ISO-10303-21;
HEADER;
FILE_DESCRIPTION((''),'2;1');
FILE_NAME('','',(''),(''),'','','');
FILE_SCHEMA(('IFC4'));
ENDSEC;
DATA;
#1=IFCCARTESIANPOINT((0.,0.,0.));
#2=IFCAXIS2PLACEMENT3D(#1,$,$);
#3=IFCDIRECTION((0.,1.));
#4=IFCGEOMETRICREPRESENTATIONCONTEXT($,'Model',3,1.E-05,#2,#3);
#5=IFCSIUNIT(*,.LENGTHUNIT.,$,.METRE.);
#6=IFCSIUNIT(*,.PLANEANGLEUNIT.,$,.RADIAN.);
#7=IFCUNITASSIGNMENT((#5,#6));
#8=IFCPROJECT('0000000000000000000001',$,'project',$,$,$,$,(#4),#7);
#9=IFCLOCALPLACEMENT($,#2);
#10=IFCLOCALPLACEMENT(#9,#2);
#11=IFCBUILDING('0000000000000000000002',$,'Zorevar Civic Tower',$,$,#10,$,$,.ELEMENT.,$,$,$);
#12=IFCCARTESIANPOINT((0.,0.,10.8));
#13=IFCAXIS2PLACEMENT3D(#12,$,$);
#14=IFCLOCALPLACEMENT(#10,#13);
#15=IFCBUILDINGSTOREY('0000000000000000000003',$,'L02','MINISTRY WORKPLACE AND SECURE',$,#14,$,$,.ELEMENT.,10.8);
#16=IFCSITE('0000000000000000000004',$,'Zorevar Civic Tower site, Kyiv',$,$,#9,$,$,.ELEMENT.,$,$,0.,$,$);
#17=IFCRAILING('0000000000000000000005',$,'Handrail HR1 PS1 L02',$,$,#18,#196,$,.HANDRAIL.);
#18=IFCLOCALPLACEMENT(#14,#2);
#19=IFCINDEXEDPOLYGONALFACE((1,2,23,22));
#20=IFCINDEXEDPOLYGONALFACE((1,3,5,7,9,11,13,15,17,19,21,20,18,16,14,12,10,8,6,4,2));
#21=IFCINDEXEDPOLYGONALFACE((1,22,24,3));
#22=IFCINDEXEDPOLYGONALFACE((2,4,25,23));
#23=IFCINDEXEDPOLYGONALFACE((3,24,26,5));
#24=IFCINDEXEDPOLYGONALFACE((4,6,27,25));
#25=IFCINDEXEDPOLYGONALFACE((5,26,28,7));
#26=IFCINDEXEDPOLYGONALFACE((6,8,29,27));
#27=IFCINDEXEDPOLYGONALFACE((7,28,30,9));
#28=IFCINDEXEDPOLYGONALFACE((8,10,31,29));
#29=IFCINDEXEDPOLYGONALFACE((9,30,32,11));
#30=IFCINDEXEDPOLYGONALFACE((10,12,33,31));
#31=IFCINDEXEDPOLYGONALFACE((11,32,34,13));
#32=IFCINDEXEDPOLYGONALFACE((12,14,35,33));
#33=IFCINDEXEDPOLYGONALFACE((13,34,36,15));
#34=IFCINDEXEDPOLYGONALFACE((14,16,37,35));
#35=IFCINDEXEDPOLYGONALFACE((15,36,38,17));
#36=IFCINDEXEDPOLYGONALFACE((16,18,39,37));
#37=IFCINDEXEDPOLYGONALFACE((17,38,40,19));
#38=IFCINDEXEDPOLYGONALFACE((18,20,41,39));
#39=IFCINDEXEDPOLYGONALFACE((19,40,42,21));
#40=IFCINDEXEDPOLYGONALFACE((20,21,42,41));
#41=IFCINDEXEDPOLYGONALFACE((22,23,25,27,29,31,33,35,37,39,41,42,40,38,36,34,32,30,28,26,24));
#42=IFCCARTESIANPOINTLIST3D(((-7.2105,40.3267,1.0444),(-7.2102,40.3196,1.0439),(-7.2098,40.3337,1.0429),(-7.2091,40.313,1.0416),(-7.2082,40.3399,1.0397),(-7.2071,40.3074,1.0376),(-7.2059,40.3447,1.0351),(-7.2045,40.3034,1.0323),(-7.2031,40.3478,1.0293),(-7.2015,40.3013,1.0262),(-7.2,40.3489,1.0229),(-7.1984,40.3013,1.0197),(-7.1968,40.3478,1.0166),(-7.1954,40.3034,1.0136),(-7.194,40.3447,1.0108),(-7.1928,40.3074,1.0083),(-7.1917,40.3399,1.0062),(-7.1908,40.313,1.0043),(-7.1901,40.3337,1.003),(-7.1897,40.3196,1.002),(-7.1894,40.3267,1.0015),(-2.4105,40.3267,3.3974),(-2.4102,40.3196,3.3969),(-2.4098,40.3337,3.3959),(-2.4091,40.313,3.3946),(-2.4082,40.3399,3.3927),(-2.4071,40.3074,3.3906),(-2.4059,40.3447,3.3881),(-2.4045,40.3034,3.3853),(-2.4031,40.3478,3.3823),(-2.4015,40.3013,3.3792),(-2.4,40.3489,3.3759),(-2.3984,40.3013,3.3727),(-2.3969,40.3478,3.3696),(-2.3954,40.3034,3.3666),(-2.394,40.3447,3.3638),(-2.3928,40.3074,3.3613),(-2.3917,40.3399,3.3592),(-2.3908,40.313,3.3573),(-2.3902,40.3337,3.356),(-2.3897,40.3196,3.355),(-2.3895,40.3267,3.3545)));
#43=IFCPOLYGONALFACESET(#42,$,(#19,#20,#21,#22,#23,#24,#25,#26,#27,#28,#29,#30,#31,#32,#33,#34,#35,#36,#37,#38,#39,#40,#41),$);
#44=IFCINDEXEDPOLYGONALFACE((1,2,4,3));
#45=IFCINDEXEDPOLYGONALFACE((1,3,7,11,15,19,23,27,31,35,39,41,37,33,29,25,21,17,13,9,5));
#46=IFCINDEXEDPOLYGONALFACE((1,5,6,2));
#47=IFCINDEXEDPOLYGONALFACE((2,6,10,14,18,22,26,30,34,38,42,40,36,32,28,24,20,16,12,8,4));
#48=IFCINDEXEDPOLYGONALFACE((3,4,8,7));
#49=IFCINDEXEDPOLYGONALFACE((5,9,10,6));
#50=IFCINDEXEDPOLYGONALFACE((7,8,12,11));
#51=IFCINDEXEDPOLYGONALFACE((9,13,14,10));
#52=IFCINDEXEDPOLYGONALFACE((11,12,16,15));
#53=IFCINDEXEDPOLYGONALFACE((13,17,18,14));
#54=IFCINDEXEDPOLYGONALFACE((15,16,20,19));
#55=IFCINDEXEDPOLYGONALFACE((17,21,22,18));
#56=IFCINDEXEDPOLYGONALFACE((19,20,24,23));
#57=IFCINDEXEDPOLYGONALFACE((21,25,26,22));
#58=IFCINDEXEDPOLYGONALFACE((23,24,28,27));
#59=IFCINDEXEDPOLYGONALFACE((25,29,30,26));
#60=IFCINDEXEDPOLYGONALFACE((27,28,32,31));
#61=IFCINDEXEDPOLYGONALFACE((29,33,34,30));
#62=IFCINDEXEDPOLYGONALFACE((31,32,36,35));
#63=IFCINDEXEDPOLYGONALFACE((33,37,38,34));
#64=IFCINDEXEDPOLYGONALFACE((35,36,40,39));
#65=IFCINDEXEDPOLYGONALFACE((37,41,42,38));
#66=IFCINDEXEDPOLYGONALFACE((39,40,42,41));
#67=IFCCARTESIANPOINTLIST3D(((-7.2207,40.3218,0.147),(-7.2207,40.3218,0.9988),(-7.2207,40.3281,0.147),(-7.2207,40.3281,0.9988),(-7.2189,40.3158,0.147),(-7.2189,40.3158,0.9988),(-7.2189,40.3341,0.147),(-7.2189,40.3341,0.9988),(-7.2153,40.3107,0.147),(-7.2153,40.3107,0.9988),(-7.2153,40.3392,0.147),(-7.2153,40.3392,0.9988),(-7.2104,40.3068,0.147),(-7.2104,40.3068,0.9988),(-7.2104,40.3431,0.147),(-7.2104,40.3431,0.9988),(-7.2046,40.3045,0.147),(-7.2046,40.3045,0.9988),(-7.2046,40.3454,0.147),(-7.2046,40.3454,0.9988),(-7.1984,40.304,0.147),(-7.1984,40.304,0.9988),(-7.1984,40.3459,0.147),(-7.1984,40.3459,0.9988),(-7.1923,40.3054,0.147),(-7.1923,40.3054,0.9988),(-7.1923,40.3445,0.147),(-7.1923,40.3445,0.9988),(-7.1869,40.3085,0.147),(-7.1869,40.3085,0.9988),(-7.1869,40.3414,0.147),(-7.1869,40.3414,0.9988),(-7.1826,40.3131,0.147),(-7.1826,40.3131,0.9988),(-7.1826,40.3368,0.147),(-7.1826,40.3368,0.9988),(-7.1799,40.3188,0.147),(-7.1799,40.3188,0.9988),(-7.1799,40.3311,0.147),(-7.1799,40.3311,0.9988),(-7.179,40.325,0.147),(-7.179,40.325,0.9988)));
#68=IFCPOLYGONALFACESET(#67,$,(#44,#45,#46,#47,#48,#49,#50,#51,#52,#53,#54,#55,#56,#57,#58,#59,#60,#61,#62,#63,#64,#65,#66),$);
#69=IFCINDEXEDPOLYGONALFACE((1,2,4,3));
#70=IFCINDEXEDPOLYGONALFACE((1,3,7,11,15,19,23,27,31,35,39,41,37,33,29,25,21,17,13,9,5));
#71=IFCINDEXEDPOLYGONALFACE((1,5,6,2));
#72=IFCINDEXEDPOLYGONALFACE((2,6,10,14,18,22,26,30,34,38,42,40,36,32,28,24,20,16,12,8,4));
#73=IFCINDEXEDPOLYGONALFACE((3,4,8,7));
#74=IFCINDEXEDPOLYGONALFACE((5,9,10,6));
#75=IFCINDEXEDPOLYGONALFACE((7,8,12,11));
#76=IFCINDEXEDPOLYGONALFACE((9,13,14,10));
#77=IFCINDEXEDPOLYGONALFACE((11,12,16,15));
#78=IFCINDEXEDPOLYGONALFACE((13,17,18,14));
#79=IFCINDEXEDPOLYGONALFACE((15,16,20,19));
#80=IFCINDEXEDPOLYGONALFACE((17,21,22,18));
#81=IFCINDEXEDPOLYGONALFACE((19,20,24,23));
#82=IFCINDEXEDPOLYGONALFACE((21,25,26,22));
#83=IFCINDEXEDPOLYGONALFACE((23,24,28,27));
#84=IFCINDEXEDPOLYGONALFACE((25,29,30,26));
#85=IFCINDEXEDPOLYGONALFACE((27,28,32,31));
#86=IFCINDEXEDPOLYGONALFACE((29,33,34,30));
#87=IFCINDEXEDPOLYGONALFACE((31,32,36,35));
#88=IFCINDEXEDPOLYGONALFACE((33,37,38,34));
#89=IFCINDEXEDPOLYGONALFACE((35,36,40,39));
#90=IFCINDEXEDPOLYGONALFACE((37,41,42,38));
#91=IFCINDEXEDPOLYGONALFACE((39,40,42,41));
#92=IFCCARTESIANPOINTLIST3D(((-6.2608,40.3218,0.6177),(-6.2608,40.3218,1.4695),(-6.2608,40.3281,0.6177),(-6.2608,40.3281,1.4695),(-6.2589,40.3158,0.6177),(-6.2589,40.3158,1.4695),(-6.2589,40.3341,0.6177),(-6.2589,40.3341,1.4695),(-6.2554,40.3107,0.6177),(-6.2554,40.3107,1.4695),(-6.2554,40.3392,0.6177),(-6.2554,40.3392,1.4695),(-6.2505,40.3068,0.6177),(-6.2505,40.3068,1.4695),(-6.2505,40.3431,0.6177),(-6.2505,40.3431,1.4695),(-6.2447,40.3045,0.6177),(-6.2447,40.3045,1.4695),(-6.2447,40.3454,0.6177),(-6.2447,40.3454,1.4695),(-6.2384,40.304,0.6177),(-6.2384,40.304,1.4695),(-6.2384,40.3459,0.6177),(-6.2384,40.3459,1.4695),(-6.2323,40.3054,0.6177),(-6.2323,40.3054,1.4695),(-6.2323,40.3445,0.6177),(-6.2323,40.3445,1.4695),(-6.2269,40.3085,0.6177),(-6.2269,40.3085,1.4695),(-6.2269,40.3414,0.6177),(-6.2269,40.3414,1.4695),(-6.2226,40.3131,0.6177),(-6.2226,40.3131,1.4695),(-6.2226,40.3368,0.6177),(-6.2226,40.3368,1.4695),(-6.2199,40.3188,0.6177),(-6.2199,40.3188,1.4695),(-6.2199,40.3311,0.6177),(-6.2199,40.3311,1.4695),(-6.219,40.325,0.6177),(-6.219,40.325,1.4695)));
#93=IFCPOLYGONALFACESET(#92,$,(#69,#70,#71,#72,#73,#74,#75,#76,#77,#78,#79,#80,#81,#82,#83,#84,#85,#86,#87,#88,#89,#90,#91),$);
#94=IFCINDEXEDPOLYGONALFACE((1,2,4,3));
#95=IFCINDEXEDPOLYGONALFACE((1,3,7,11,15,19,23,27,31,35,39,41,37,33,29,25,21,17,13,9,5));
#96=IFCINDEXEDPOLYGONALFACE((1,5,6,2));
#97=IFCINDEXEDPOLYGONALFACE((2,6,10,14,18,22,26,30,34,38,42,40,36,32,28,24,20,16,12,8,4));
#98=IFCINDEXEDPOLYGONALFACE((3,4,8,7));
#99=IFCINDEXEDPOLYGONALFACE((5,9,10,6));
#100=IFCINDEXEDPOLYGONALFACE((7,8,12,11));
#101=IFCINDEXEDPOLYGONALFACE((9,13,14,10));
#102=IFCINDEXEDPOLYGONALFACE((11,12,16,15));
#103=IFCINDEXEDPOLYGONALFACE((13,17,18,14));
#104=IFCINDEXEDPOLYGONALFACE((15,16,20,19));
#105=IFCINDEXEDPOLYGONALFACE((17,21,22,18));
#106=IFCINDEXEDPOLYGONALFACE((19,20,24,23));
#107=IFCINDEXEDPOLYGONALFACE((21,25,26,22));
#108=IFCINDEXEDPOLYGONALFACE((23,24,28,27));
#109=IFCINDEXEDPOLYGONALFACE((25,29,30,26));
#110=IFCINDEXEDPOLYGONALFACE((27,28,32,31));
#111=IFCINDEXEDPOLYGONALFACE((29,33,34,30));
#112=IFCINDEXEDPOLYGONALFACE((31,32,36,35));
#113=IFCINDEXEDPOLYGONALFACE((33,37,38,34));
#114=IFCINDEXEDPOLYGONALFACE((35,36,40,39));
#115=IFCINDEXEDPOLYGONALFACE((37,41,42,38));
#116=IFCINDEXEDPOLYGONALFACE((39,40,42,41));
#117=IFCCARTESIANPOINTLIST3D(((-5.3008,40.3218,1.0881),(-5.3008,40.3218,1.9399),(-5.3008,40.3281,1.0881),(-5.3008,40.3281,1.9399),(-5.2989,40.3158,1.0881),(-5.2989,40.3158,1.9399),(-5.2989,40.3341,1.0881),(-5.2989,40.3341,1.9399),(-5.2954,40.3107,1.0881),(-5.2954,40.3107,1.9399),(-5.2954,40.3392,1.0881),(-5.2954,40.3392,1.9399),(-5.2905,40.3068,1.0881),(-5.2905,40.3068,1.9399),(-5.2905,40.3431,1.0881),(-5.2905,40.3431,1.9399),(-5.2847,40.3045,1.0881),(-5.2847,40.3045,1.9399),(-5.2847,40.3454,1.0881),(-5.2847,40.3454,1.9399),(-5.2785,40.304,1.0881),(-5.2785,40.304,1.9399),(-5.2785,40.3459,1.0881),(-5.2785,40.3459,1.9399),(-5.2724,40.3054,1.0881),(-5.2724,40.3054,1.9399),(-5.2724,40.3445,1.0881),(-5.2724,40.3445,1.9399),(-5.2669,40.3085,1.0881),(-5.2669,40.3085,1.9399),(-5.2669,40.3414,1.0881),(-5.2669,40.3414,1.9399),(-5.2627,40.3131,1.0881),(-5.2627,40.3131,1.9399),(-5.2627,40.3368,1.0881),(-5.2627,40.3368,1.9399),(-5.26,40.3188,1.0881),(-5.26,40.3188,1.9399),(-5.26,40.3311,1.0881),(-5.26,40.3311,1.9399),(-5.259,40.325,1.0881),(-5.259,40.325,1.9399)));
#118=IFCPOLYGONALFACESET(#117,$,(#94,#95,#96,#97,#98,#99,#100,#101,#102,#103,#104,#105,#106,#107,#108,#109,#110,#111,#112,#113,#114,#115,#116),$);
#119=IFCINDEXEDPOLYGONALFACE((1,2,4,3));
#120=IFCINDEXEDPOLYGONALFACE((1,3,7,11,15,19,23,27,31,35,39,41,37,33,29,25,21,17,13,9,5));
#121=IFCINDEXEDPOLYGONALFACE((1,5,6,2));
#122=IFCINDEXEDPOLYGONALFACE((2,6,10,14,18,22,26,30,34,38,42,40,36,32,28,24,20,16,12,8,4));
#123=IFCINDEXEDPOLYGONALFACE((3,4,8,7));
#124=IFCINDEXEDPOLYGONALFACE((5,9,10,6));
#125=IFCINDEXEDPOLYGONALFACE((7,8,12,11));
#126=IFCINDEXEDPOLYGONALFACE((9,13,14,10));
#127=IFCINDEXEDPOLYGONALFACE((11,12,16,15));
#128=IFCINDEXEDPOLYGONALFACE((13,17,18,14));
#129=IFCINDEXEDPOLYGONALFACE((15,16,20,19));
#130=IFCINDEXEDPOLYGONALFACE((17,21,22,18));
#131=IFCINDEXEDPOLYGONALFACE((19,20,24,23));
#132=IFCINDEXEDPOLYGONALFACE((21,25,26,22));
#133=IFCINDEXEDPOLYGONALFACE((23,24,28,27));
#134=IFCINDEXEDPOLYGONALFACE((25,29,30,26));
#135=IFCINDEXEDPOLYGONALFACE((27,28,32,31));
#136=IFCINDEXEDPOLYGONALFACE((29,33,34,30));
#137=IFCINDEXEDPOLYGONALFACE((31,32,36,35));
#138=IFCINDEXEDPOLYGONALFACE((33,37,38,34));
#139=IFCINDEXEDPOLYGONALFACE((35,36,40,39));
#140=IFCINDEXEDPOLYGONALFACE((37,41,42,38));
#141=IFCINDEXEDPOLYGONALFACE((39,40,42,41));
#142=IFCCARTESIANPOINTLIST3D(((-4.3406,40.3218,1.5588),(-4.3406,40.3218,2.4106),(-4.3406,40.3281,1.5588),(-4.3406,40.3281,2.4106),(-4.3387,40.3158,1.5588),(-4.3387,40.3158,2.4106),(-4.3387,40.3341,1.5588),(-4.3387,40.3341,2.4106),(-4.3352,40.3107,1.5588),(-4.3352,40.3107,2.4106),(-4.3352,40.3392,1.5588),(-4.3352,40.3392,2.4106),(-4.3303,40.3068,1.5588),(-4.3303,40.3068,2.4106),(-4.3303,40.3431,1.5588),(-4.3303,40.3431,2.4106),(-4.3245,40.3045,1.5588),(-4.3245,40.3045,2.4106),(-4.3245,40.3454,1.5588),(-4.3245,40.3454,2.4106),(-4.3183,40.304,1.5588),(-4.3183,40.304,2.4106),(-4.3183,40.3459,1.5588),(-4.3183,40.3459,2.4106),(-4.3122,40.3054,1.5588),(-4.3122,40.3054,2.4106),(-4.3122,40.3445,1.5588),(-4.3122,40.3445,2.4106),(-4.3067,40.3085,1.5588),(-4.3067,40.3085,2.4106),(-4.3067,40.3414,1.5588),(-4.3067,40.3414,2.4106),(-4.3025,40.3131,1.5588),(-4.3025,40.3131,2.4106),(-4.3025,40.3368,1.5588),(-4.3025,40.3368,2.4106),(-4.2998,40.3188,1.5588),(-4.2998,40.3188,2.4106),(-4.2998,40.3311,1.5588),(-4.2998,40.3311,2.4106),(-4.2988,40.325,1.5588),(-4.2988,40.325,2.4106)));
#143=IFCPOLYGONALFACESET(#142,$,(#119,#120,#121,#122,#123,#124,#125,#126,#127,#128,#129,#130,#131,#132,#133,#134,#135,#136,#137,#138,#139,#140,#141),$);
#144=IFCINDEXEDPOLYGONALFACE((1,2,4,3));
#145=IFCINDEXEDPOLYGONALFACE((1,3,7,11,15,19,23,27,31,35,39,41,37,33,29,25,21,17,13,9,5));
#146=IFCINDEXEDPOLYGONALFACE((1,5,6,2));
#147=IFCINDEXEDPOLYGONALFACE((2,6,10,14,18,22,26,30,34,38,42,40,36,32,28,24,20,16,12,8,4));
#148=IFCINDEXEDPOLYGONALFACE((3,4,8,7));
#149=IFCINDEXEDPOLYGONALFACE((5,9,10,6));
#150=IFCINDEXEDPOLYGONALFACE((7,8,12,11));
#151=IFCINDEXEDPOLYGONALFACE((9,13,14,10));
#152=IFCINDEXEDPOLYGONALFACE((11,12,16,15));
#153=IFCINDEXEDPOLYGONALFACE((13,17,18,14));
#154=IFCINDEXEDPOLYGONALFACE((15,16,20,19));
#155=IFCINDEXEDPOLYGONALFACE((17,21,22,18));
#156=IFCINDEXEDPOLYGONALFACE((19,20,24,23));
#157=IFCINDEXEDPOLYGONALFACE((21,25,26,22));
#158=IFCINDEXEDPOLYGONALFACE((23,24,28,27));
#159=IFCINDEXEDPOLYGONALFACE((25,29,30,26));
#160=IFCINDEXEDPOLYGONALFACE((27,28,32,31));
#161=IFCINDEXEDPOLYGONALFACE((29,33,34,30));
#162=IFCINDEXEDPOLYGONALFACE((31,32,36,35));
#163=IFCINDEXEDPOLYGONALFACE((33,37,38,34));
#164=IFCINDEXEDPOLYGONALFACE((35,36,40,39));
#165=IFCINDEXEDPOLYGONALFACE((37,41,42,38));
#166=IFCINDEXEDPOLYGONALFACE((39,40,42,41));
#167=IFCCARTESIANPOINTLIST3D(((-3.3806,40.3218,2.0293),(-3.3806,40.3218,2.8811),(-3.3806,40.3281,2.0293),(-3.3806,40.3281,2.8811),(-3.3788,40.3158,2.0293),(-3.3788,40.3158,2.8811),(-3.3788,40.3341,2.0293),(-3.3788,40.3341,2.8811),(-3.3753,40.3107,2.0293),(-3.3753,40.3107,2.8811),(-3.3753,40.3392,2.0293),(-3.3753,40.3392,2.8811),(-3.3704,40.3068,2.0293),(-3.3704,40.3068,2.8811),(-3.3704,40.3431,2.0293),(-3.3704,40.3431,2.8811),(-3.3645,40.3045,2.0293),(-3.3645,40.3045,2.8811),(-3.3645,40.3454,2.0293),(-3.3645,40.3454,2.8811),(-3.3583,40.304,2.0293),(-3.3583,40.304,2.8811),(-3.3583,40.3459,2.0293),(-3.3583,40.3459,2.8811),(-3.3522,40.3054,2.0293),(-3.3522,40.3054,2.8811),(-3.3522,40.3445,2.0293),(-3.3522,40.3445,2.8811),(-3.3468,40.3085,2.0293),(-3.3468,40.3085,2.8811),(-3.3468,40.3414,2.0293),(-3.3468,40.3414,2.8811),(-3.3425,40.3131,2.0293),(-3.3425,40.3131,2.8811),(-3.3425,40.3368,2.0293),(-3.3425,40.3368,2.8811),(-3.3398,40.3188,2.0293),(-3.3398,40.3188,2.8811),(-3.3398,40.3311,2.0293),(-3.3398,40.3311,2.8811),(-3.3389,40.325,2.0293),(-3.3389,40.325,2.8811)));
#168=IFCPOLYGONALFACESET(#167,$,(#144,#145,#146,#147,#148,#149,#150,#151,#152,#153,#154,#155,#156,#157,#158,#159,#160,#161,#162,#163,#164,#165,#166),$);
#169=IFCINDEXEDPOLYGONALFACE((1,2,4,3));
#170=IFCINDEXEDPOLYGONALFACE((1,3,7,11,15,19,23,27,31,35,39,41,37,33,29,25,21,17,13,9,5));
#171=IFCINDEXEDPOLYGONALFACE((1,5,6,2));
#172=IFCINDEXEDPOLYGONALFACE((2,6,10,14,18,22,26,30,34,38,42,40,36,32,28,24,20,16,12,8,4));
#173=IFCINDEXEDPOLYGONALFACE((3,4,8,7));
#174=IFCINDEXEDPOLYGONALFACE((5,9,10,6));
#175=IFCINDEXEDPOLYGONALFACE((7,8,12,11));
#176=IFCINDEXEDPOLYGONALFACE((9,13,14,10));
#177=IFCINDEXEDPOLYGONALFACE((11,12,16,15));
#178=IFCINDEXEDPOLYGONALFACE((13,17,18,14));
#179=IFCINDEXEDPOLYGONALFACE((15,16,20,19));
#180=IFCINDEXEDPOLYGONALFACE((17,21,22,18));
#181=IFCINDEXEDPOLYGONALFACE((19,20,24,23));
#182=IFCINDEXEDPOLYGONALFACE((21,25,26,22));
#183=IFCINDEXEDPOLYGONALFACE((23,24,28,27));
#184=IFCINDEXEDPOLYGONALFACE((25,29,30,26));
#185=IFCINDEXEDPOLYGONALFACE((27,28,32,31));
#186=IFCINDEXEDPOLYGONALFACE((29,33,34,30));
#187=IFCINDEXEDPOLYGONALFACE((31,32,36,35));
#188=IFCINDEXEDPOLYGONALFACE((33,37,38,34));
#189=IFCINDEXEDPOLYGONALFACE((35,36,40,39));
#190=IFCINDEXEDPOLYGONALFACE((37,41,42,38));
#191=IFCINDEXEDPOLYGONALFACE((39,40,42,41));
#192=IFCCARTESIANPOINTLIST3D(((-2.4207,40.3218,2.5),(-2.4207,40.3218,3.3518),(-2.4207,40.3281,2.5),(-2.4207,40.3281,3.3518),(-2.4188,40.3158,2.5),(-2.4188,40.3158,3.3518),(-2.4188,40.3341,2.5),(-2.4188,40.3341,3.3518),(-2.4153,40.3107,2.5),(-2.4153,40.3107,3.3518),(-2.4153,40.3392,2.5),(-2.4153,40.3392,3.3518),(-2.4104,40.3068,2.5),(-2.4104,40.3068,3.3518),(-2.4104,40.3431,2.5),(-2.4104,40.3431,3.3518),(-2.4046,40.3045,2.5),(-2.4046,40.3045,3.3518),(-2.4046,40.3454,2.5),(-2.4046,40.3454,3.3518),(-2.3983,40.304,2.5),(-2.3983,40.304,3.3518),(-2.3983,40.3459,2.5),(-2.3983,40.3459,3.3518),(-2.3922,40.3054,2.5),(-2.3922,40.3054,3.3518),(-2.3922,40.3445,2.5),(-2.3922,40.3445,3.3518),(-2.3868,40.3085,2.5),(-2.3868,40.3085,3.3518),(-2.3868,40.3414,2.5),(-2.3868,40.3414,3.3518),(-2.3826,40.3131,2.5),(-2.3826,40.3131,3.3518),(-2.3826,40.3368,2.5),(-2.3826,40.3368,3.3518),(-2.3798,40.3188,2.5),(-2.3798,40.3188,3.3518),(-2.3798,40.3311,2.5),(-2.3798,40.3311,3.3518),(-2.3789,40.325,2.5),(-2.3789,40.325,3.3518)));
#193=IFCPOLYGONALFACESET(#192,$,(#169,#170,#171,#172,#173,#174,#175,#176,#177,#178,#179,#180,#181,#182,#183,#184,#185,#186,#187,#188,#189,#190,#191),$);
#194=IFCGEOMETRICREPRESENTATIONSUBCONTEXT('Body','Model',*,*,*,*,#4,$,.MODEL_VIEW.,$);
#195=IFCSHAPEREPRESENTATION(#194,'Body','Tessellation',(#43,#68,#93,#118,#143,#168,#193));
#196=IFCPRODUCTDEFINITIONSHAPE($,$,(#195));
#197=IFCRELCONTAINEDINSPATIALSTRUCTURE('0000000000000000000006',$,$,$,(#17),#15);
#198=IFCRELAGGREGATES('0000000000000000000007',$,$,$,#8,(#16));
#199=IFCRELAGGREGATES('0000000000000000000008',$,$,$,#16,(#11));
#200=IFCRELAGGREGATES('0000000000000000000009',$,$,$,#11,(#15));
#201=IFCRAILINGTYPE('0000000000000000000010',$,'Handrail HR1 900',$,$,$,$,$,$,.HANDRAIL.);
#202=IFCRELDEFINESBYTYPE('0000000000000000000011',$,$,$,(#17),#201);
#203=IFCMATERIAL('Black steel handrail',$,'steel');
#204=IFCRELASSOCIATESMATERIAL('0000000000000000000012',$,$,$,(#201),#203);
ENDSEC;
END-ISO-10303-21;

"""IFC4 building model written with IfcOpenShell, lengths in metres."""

from ifc_helpers import new_model, si_unit, direction, frame, origin, origin_2d, place, context, subcontext, project, spatial, circle, extrude, material, type_object, element, save


model = new_model("IFC4")

# Units and contexts
model_context = context("Model", 3, precision=1e-05, world=origin(), true_north=direction((0.0, 1.0)))
body_context = subcontext(model_context, "Body", "Model", "MODEL_VIEW")
ifc_project = project(units=[si_unit("LENGTHUNIT", "METRE"), si_unit("PLANEANGLEUNIT", "RADIAN")], contexts=[model_context])

# Site, building, storey
site_placement = place(None, origin())
site = spatial("IfcSite", under=ifc_project, at=site_placement, Name="Zorevar Civic Tower site, Kyiv", CompositionType="ELEMENT", RefElevation=0.0)
building_placement = place(site_placement, origin())
building = spatial("IfcBuilding", under=site, at=building_placement, Name="Zorevar Civic Tower", CompositionType="ELEMENT")
storey_placement = place(building_placement, frame((0.0, 0.0, 10.8)))
storey = spatial("IfcBuildingStorey", under=building, at=storey_placement, Name="L02", Description="MINISTRY WORKPLACE AND SECURE", CompositionType="ELEMENT", Elevation=10.8)

# Railing
ifc_material_1 = material(Name="Black steel handrail", Category="steel")
railing_type = type_object("IfcRailingType", Name="Handrail HR1 900", PredefinedType="HANDRAIL", material=ifc_material_1)
railing_1_placement = place(storey_placement, frame((-7.2, 40.325, 0.147)))
element("IfcRailing", 1, at=railing_1_placement, inside=storey, type_object=railing_type, Name="Handrail HR1 PS1 L02", PredefinedType="HANDRAIL", context=body_context, shape_type="SweptSolid", body=[
    extrude(circle(Radius=0.0239, at=origin_2d()), frame((0.0, 0.0, 0.876), z_axis=(0.897916, 0.0, 0.440167), x_axis=(0.0, 1.0, 0.0)), (0.0, 0.0, 1.0), 5.3457),
    extrude(circle(Radius=0.021, at=origin_2d()), origin(), (0.0, 0.0, 1.0), 0.8518),
    extrude(circle(Radius=0.021, at=origin_2d()), frame((0.96, 0.0, 0.4707)), (0.0, 0.0, 1.0), 0.8518),
    extrude(circle(Radius=0.021, at=origin_2d()), frame((1.9199, 0.0, 0.9412)), (0.0, 0.0, 1.0), 0.8518),
    extrude(circle(Radius=0.021, at=origin_2d()), frame((2.8801, 0.0, 1.4119)), (0.0, 0.0, 1.0), 0.8518),
    extrude(circle(Radius=0.021, at=origin_2d()), frame((3.8401, 0.0, 1.8823)), (0.0, 0.0, 1.0), 0.8518),
    extrude(circle(Radius=0.021, at=origin_2d()), frame((4.8, 0.0, 2.353)), (0.0, 0.0, 1.0), 0.8518),
])

save(model, "model.ifc")
